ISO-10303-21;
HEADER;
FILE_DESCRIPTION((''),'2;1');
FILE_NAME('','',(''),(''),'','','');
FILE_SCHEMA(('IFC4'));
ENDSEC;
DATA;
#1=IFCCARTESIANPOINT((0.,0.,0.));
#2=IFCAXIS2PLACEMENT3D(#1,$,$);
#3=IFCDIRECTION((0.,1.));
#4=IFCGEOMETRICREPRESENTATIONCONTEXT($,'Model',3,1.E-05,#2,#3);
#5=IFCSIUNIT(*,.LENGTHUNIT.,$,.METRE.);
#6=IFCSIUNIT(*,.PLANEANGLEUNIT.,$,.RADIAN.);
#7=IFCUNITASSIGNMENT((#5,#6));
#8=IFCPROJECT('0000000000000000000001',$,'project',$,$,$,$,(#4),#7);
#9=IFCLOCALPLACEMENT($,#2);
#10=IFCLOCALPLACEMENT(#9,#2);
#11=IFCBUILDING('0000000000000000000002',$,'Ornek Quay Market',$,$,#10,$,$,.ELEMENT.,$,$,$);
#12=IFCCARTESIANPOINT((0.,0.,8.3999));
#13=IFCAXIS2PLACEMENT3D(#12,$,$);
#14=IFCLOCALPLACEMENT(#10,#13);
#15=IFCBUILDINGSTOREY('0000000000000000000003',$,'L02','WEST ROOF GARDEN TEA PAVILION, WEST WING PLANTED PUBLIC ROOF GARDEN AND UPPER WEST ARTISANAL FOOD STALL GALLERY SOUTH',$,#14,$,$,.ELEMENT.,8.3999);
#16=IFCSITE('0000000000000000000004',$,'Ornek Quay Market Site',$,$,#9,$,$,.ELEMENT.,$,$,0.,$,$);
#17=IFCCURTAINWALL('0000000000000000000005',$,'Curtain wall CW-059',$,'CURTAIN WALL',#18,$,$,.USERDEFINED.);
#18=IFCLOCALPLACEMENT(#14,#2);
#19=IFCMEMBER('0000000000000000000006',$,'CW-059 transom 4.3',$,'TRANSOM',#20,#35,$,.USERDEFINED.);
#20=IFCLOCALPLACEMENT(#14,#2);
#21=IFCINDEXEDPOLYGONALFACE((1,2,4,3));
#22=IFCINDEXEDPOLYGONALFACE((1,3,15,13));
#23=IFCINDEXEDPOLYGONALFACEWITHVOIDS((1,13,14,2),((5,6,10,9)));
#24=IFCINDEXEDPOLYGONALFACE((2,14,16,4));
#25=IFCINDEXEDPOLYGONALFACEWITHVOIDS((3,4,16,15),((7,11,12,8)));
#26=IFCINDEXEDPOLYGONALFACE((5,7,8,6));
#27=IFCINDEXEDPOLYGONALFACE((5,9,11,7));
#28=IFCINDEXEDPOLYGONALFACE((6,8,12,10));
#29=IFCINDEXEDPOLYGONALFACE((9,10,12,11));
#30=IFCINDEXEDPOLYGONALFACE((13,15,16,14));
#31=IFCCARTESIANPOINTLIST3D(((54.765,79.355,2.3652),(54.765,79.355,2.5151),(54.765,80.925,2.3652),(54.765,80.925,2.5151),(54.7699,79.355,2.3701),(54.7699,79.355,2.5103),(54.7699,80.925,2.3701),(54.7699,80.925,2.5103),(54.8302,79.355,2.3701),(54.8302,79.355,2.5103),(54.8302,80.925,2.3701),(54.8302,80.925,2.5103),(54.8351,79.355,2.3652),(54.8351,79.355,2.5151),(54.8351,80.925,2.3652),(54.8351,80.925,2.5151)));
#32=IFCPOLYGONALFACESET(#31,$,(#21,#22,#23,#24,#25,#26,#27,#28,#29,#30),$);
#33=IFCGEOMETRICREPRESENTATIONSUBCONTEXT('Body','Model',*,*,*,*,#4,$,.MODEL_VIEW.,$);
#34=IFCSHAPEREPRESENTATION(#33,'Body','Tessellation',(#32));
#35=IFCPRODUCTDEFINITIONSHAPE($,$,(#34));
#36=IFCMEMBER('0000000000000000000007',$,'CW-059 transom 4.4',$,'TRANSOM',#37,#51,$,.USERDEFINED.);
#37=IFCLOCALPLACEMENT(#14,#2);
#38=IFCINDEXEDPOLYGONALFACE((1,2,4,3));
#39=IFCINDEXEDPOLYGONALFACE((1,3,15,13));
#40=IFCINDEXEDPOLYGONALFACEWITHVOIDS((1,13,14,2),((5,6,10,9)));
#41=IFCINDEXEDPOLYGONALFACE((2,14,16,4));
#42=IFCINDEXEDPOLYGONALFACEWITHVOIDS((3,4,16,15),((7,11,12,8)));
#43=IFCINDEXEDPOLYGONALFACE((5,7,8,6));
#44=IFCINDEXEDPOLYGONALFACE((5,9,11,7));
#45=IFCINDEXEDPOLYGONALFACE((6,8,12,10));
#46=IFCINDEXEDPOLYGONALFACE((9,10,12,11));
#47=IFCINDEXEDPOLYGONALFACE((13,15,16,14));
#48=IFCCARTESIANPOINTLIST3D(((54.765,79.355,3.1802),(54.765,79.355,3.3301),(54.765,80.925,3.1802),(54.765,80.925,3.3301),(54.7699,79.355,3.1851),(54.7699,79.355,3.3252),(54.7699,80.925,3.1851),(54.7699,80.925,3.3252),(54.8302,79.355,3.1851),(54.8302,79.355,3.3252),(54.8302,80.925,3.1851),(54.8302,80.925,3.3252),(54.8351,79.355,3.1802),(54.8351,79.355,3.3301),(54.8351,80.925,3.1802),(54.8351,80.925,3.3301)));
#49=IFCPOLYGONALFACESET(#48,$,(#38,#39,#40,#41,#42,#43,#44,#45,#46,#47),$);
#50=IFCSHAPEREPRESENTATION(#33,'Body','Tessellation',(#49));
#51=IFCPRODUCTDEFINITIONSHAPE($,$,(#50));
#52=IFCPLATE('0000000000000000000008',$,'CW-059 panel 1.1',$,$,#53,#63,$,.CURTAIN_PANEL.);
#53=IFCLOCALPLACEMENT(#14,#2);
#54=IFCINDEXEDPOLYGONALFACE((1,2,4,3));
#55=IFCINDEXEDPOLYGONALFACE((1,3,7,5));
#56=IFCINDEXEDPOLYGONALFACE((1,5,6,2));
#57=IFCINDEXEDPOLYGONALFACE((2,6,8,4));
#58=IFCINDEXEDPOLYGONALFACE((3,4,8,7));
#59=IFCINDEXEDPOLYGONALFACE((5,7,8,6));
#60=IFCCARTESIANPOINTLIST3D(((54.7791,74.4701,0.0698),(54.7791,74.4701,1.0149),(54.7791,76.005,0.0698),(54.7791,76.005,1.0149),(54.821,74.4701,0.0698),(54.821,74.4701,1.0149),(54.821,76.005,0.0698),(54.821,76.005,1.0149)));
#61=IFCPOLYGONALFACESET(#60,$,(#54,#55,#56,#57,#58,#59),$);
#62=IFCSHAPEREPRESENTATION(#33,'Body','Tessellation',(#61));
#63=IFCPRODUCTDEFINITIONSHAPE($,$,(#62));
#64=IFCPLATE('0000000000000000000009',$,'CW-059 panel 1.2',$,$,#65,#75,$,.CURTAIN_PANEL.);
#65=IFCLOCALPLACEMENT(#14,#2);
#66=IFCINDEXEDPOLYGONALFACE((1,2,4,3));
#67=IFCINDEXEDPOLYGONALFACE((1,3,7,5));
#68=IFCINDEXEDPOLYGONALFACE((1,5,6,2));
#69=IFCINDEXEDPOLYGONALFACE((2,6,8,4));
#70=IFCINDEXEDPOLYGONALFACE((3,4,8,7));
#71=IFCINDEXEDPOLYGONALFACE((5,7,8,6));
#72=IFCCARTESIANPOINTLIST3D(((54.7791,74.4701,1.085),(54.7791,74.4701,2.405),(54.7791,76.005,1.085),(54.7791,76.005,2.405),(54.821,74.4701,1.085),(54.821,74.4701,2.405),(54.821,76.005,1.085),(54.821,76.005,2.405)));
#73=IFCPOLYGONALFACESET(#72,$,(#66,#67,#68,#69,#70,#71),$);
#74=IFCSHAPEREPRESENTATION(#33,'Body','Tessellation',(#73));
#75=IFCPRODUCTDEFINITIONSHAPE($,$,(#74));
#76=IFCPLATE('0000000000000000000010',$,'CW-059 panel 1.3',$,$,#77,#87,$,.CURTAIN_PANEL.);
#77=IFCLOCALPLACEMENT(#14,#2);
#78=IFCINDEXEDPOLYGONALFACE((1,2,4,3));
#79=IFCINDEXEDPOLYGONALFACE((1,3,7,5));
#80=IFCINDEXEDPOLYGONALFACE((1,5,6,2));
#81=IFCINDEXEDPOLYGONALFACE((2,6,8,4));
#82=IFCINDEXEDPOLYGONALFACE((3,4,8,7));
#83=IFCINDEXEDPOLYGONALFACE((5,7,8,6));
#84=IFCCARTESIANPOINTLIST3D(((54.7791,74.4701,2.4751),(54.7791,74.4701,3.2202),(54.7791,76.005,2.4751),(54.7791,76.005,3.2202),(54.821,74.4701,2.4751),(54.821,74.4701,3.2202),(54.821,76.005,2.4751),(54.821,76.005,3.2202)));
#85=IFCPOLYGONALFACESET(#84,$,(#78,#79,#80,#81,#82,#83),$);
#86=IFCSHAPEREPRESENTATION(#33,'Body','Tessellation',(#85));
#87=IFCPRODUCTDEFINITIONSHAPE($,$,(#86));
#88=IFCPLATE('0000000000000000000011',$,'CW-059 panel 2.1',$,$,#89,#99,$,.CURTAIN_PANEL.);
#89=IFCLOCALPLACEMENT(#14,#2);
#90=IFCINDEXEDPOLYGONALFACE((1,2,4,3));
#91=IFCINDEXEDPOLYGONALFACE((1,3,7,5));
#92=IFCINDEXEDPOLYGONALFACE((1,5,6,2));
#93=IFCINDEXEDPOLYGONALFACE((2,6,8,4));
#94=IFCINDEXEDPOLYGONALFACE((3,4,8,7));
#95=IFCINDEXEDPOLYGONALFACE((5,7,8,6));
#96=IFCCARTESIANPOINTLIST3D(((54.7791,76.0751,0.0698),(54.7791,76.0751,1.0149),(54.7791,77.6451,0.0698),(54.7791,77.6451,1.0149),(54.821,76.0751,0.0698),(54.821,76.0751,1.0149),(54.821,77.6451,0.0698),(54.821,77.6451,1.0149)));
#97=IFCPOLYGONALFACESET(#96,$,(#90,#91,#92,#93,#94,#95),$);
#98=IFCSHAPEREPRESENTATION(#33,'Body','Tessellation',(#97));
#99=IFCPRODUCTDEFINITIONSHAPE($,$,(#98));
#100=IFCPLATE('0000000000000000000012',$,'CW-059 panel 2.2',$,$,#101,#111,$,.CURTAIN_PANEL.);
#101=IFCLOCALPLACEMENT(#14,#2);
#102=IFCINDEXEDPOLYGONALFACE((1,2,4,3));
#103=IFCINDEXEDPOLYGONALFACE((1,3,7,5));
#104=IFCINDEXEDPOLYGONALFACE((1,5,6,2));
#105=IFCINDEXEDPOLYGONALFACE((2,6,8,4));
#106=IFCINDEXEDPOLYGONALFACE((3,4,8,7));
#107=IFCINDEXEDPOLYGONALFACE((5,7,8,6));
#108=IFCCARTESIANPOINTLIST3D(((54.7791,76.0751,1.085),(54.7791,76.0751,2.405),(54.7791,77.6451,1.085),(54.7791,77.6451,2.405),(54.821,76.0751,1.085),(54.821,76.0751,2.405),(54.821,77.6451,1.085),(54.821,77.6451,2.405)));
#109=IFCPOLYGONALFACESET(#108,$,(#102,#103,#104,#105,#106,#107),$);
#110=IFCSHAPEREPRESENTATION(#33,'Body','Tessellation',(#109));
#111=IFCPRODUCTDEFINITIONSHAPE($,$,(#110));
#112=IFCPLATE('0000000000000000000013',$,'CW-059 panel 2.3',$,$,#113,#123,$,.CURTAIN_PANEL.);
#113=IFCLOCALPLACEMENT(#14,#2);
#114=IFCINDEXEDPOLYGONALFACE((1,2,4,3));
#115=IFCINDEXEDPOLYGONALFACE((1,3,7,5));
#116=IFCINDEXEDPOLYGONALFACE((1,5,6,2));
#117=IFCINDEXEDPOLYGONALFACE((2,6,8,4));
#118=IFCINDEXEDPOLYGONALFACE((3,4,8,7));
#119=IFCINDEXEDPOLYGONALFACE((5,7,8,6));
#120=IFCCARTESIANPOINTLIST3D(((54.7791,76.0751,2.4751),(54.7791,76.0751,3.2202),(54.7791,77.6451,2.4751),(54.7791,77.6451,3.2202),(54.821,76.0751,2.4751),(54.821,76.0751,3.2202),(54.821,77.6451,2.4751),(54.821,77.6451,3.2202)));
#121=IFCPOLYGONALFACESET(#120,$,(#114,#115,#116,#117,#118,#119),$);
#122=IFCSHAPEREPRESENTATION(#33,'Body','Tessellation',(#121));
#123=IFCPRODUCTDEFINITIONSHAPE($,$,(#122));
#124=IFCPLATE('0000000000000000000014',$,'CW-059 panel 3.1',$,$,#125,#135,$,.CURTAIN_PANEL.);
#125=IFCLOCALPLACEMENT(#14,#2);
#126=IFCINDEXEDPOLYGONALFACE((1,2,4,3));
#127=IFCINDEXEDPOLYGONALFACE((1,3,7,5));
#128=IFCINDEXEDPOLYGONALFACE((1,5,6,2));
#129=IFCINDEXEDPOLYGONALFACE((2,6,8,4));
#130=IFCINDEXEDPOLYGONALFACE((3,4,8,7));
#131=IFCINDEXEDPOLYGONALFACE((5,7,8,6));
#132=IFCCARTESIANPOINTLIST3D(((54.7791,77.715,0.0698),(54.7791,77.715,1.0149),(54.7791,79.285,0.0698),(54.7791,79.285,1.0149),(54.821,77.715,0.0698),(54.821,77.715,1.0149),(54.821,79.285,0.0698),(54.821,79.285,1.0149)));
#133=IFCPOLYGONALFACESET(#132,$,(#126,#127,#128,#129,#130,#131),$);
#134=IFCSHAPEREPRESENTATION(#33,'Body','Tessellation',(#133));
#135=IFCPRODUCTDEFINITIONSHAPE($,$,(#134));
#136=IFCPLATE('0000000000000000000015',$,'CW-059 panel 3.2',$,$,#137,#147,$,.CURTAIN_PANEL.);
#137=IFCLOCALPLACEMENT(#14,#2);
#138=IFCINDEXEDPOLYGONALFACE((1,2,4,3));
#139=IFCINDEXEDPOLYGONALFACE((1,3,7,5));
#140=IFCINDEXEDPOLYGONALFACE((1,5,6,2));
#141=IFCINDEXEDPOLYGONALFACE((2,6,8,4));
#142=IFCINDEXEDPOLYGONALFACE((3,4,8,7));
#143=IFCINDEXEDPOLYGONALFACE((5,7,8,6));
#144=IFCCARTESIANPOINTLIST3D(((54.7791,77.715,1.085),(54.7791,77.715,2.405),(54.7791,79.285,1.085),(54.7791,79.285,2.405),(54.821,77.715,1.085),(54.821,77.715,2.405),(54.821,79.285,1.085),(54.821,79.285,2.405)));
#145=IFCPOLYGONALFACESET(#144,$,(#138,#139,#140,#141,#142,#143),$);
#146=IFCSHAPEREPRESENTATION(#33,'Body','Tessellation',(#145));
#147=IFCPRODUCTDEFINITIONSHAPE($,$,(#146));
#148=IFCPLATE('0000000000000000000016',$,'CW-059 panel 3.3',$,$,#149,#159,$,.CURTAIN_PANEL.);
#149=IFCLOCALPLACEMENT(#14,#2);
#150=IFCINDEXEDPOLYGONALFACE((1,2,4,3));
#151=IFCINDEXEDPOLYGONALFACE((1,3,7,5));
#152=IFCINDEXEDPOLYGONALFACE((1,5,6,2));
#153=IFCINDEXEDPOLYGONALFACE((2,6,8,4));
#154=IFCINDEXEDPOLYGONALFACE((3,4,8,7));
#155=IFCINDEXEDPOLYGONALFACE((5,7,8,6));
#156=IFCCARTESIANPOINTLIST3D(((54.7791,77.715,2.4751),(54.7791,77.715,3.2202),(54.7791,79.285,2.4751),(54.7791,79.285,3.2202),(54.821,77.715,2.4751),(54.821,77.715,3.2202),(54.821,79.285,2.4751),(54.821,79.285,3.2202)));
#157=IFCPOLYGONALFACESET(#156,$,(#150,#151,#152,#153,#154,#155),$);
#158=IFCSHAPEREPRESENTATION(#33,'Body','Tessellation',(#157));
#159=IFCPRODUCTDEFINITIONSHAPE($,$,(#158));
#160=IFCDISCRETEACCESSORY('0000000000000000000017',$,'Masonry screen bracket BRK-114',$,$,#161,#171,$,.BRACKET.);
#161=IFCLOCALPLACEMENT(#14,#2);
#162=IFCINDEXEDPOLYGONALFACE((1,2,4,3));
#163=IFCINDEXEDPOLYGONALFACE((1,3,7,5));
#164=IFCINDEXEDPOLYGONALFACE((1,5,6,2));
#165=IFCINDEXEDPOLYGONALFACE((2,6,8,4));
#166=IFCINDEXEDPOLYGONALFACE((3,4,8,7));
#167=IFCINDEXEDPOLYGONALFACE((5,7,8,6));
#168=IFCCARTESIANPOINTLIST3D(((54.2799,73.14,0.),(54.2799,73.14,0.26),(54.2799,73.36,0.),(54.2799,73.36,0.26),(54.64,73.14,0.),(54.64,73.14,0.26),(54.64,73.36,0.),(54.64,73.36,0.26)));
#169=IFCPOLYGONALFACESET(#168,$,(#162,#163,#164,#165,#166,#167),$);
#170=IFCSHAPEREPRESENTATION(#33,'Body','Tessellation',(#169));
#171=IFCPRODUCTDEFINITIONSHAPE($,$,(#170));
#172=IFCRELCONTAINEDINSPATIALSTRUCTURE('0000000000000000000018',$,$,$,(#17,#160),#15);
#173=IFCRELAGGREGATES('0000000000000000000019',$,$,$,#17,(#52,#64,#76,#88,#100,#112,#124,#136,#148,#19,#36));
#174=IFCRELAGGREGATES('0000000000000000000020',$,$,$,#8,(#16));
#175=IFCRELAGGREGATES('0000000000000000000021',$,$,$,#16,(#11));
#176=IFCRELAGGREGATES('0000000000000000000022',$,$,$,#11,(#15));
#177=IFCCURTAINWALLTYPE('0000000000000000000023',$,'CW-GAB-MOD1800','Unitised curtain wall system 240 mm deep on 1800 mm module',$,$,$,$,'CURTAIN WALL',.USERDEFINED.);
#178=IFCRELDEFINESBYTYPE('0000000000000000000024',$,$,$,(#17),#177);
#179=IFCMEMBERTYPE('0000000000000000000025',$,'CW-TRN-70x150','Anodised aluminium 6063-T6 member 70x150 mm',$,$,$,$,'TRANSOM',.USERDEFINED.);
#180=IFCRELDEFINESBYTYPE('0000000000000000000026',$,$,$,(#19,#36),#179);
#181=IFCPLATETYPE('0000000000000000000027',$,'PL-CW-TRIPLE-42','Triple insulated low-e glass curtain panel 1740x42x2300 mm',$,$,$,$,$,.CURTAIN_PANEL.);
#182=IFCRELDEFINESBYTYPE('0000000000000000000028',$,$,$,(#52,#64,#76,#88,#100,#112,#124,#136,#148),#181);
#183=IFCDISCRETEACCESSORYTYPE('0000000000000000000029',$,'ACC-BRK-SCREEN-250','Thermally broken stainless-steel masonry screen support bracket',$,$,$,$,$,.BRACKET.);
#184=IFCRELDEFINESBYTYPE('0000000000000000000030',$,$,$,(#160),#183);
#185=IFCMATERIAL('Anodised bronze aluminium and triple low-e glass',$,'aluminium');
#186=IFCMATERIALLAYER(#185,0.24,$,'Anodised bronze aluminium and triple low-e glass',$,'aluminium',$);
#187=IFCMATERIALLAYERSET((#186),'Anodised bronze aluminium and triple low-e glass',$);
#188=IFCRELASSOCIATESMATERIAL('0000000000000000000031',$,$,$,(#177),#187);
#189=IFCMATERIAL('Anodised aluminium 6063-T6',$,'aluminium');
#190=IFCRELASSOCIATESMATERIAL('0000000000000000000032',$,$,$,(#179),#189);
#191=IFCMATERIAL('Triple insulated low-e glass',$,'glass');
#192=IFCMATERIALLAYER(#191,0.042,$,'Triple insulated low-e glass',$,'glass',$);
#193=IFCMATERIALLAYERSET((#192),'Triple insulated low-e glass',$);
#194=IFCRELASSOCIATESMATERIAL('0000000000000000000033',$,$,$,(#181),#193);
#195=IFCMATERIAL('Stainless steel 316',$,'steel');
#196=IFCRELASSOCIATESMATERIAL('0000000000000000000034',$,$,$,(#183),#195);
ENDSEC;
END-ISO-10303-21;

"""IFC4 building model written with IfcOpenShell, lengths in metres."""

from ifc_helpers import new_model, si_unit, direction, frame, origin, origin_2d, place, context, subcontext, project, spatial, rectangle, hollow_rectangle, extrude, material, layer, layer_set, material_profile, profile_set, type_object, element, aggregate, save


model = new_model("IFC4")

# Units and contexts
model_context = context("Model", 3, precision=1e-05, world=origin(), true_north=direction((0.0, 1.0)))
body_context = subcontext(model_context, "Body", "Model", "MODEL_VIEW")
ifc_project = project(units=[si_unit("LENGTHUNIT", "METRE"), si_unit("PLANEANGLEUNIT", "RADIAN")], contexts=[model_context])

# Site, building, storey
site_placement = place(None, origin())
site = spatial("IfcSite", under=ifc_project, at=site_placement, Name="Ornek Quay Market Site", CompositionType="ELEMENT", RefElevation=0.0)
building_placement = place(site_placement, origin())
building = spatial("IfcBuilding", under=site, at=building_placement, Name="Ornek Quay Market", CompositionType="ELEMENT")
storey_placement = place(building_placement, frame((0.0, 0.0, 8.3999)))
storey = spatial("IfcBuildingStorey", under=building, at=storey_placement, Name="L02", Description="WEST ROOF GARDEN TEA PAVILION, WEST WING PLANTED PUBLIC ROOF GARDEN AND UPPER WEST ARTISANAL FOOD STALL GALLERY SOUTH", CompositionType="ELEMENT", Elevation=8.3999)

# Curtain wall, members, plates
ifc_material_1 = material(Name="Anodised bronze aluminium and triple low-e glass", Category="aluminium")
ifc_layer_1 = layer(ifc_material_1, 0.24, Name="Anodised bronze aluminium and triple low-e glass", Category="aluminium")
ifc_layer_set_1 = layer_set([ifc_layer_1], Name="Anodised bronze aluminium and triple low-e glass")
curtain_wall_type = type_object("IfcCurtainWallType", Name="CW-GAB-MOD1800", Description="Unitised curtain wall system 240 mm deep on 1800 mm module", ElementType="CURTAIN WALL", PredefinedType="USERDEFINED", material=ifc_layer_set_1)
curtain_wall_placement = place(storey_placement, origin())
curtain_wall = element("IfcCurtainWall", 1, at=curtain_wall_placement, inside=storey, type_object=curtain_wall_type, Name="Curtain wall CW-059", ObjectType="CURTAIN WALL", PredefinedType="USERDEFINED")
ifc_material_2 = material(Name="Anodised aluminium 6063-T6", Category="aluminium")
ifc_material_profile_1 = material_profile(ifc_material_2, hollow_rectangle(XDim=0.0701, YDim=0.1499, WallThickness=0.0049, at=origin_2d()), Name="CW-TRN-70x150", Category="aluminium")
ifc_profile_set_1 = profile_set([ifc_material_profile_1], Name="Anodised aluminium 6063-T6")
member_type_1 = type_object("IfcMemberType", Name="CW-TRN-70x150", Description="Anodised aluminium 6063-T6 member 70x150 mm", ElementType="TRANSOM", PredefinedType="USERDEFINED", material=ifc_profile_set_1)
member_1_placement = place(storey_placement, frame((54.8, 79.355, 2.4402), z_axis=(0.0, 1.0, 0.0), x_axis=(-1.0, 0.0, 0.0)))
member_1 = element("IfcMember", 2, at=member_1_placement, type_object=member_type_1, Name="CW-059 transom 4.3", ObjectType="TRANSOM", PredefinedType="USERDEFINED", context=body_context, shape_type="SweptSolid", body=[
    extrude(hollow_rectangle(XDim=0.0701, YDim=0.1499, WallThickness=0.0049, at=origin_2d()), origin(), (0.0, 0.0, 1.0), 1.5701),
])
member_2_placement = place(storey_placement, frame((54.8, 79.355, 3.2551), z_axis=(0.0, 1.0, 0.0), x_axis=(-1.0, 0.0, 0.0)))
member_2 = element("IfcMember", 3, at=member_2_placement, type_object=member_type_1, Name="CW-059 transom 4.4", ObjectType="TRANSOM", PredefinedType="USERDEFINED", context=body_context, shape_type="SweptSolid", body=[
    extrude(hollow_rectangle(XDim=0.0701, YDim=0.1499, WallThickness=0.0049, at=origin_2d()), origin(), (0.0, 0.0, 1.0), 1.5701),
])
ifc_material_3 = material(Name="Triple insulated low-e glass", Category="glass")
ifc_layer_2 = layer(ifc_material_3, 0.042, Name="Triple insulated low-e glass", Category="glass")
ifc_layer_set_2 = layer_set([ifc_layer_2], Name="Triple insulated low-e glass")
plate_type = type_object("IfcPlateType", Name="PL-CW-TRIPLE-42", Description="Triple insulated low-e glass curtain panel 1740x42x2300 mm", PredefinedType="CURTAIN_PANEL", material=ifc_layer_set_2)
plate_1_placement = place(storey_placement, frame((54.8, 75.2375, 0.0698), z_axis=(0.0, 0.0, 1.0), x_axis=(0.0, 1.0, 0.0)))
plate_1 = element("IfcPlate", 4, at=plate_1_placement, type_object=plate_type, Name="CW-059 panel 1.1", PredefinedType="CURTAIN_PANEL", context=body_context, shape_type="SweptSolid", body=[
    extrude(rectangle(XDim=1.5349, YDim=0.042, at=origin_2d()), origin(), (0.0, 0.0, 1.0), 0.9451),
])
plate_2_placement = place(storey_placement, frame((54.8, 75.2375, 1.085), z_axis=(0.0, 0.0, 1.0), x_axis=(0.0, 1.0, 0.0)))
plate_2 = element("IfcPlate", 5, at=plate_2_placement, type_object=plate_type, Name="CW-059 panel 1.2", PredefinedType="CURTAIN_PANEL", context=body_context, shape_type="SweptSolid", body=[
    extrude(rectangle(XDim=1.5349, YDim=0.042, at=origin_2d()), origin(), (0.0, 0.0, 1.0), 1.3201),
])
plate_3_placement = place(storey_placement, frame((54.8, 75.2375, 2.4751), z_axis=(0.0, 0.0, 1.0), x_axis=(0.0, 1.0, 0.0)))
plate_3 = element("IfcPlate", 6, at=plate_3_placement, type_object=plate_type, Name="CW-059 panel 1.3", PredefinedType="CURTAIN_PANEL", context=body_context, shape_type="SweptSolid", body=[
    extrude(rectangle(XDim=1.5349, YDim=0.042, at=origin_2d()), origin(), (0.0, 0.0, 1.0), 0.7451),
])
plate_4_placement = place(storey_placement, frame((54.8, 76.8601, 0.0698), z_axis=(0.0, 0.0, 1.0), x_axis=(0.0, 1.0, 0.0)))
plate_4 = element("IfcPlate", 7, at=plate_4_placement, type_object=plate_type, Name="CW-059 panel 2.1", PredefinedType="CURTAIN_PANEL", context=body_context, shape_type="SweptSolid", body=[
    extrude(rectangle(XDim=1.5701, YDim=0.042, at=origin_2d()), origin(), (0.0, 0.0, 1.0), 0.9451),
])
plate_5_placement = place(storey_placement, frame((54.8, 76.8601, 1.085), z_axis=(0.0, 0.0, 1.0), x_axis=(0.0, 1.0, 0.0)))
plate_5 = element("IfcPlate", 8, at=plate_5_placement, type_object=plate_type, Name="CW-059 panel 2.2", PredefinedType="CURTAIN_PANEL", context=body_context, shape_type="SweptSolid", body=[
    extrude(rectangle(XDim=1.5701, YDim=0.042, at=origin_2d()), origin(), (0.0, 0.0, 1.0), 1.3201),
])
plate_6_placement = place(storey_placement, frame((54.8, 76.8601, 2.4751), z_axis=(0.0, 0.0, 1.0), x_axis=(0.0, 1.0, 0.0)))
plate_6 = element("IfcPlate", 9, at=plate_6_placement, type_object=plate_type, Name="CW-059 panel 2.3", PredefinedType="CURTAIN_PANEL", context=body_context, shape_type="SweptSolid", body=[
    extrude(rectangle(XDim=1.5701, YDim=0.042, at=origin_2d()), origin(), (0.0, 0.0, 1.0), 0.7451),
])
plate_7_placement = place(storey_placement, frame((54.8, 78.5, 0.0698), z_axis=(0.0, 0.0, 1.0), x_axis=(0.0, 1.0, 0.0)))
plate_7 = element("IfcPlate", 10, at=plate_7_placement, type_object=plate_type, Name="CW-059 panel 3.1", PredefinedType="CURTAIN_PANEL", context=body_context, shape_type="SweptSolid", body=[
    extrude(rectangle(XDim=1.5701, YDim=0.042, at=origin_2d()), origin(), (0.0, 0.0, 1.0), 0.9451),
])
plate_8_placement = place(storey_placement, frame((54.8, 78.5, 1.085), z_axis=(0.0, 0.0, 1.0), x_axis=(0.0, 1.0, 0.0)))
plate_8 = element("IfcPlate", 11, at=plate_8_placement, type_object=plate_type, Name="CW-059 panel 3.2", PredefinedType="CURTAIN_PANEL", context=body_context, shape_type="SweptSolid", body=[
    extrude(rectangle(XDim=1.5701, YDim=0.042, at=origin_2d()), origin(), (0.0, 0.0, 1.0), 1.3201),
])
plate_9_placement = place(storey_placement, frame((54.8, 78.5, 2.4751), z_axis=(0.0, 0.0, 1.0), x_axis=(0.0, 1.0, 0.0)))
plate_9 = element("IfcPlate", 12, at=plate_9_placement, type_object=plate_type, Name="CW-059 panel 3.3", PredefinedType="CURTAIN_PANEL", context=body_context, shape_type="SweptSolid", body=[
    extrude(rectangle(XDim=1.5701, YDim=0.042, at=origin_2d()), origin(), (0.0, 0.0, 1.0), 0.7451),
])
aggregate(curtain_wall, [plate_1, plate_2, plate_3, plate_4, plate_5, plate_6, plate_7, plate_8, plate_9, member_1, member_2])

# Discrete accessory
ifc_material_4 = material(Name="Stainless steel 316", Category="steel")
discrete_accessory_type = type_object("IfcDiscreteAccessoryType", Name="ACC-BRK-SCREEN-250", Description="Thermally broken stainless-steel masonry screen support bracket", PredefinedType="BRACKET", material=ifc_material_4)
discrete_accessory_placement = place(storey_placement, frame((54.46, 73.25, 0.0), z_axis=(0.0, 0.0, 1.0), x_axis=(0.0, 1.0, 0.0)))
element("IfcDiscreteAccessory", 13, at=discrete_accessory_placement, inside=storey, type_object=discrete_accessory_type, Name="Masonry screen bracket BRK-114", PredefinedType="BRACKET", context=body_context, shape_type="SweptSolid", body=[
    extrude(rectangle(XDim=0.22, YDim=0.3601, at=origin_2d()), origin(), (0.0, 0.0, 1.0), 0.26),
])

save(model, "model.ifc")
